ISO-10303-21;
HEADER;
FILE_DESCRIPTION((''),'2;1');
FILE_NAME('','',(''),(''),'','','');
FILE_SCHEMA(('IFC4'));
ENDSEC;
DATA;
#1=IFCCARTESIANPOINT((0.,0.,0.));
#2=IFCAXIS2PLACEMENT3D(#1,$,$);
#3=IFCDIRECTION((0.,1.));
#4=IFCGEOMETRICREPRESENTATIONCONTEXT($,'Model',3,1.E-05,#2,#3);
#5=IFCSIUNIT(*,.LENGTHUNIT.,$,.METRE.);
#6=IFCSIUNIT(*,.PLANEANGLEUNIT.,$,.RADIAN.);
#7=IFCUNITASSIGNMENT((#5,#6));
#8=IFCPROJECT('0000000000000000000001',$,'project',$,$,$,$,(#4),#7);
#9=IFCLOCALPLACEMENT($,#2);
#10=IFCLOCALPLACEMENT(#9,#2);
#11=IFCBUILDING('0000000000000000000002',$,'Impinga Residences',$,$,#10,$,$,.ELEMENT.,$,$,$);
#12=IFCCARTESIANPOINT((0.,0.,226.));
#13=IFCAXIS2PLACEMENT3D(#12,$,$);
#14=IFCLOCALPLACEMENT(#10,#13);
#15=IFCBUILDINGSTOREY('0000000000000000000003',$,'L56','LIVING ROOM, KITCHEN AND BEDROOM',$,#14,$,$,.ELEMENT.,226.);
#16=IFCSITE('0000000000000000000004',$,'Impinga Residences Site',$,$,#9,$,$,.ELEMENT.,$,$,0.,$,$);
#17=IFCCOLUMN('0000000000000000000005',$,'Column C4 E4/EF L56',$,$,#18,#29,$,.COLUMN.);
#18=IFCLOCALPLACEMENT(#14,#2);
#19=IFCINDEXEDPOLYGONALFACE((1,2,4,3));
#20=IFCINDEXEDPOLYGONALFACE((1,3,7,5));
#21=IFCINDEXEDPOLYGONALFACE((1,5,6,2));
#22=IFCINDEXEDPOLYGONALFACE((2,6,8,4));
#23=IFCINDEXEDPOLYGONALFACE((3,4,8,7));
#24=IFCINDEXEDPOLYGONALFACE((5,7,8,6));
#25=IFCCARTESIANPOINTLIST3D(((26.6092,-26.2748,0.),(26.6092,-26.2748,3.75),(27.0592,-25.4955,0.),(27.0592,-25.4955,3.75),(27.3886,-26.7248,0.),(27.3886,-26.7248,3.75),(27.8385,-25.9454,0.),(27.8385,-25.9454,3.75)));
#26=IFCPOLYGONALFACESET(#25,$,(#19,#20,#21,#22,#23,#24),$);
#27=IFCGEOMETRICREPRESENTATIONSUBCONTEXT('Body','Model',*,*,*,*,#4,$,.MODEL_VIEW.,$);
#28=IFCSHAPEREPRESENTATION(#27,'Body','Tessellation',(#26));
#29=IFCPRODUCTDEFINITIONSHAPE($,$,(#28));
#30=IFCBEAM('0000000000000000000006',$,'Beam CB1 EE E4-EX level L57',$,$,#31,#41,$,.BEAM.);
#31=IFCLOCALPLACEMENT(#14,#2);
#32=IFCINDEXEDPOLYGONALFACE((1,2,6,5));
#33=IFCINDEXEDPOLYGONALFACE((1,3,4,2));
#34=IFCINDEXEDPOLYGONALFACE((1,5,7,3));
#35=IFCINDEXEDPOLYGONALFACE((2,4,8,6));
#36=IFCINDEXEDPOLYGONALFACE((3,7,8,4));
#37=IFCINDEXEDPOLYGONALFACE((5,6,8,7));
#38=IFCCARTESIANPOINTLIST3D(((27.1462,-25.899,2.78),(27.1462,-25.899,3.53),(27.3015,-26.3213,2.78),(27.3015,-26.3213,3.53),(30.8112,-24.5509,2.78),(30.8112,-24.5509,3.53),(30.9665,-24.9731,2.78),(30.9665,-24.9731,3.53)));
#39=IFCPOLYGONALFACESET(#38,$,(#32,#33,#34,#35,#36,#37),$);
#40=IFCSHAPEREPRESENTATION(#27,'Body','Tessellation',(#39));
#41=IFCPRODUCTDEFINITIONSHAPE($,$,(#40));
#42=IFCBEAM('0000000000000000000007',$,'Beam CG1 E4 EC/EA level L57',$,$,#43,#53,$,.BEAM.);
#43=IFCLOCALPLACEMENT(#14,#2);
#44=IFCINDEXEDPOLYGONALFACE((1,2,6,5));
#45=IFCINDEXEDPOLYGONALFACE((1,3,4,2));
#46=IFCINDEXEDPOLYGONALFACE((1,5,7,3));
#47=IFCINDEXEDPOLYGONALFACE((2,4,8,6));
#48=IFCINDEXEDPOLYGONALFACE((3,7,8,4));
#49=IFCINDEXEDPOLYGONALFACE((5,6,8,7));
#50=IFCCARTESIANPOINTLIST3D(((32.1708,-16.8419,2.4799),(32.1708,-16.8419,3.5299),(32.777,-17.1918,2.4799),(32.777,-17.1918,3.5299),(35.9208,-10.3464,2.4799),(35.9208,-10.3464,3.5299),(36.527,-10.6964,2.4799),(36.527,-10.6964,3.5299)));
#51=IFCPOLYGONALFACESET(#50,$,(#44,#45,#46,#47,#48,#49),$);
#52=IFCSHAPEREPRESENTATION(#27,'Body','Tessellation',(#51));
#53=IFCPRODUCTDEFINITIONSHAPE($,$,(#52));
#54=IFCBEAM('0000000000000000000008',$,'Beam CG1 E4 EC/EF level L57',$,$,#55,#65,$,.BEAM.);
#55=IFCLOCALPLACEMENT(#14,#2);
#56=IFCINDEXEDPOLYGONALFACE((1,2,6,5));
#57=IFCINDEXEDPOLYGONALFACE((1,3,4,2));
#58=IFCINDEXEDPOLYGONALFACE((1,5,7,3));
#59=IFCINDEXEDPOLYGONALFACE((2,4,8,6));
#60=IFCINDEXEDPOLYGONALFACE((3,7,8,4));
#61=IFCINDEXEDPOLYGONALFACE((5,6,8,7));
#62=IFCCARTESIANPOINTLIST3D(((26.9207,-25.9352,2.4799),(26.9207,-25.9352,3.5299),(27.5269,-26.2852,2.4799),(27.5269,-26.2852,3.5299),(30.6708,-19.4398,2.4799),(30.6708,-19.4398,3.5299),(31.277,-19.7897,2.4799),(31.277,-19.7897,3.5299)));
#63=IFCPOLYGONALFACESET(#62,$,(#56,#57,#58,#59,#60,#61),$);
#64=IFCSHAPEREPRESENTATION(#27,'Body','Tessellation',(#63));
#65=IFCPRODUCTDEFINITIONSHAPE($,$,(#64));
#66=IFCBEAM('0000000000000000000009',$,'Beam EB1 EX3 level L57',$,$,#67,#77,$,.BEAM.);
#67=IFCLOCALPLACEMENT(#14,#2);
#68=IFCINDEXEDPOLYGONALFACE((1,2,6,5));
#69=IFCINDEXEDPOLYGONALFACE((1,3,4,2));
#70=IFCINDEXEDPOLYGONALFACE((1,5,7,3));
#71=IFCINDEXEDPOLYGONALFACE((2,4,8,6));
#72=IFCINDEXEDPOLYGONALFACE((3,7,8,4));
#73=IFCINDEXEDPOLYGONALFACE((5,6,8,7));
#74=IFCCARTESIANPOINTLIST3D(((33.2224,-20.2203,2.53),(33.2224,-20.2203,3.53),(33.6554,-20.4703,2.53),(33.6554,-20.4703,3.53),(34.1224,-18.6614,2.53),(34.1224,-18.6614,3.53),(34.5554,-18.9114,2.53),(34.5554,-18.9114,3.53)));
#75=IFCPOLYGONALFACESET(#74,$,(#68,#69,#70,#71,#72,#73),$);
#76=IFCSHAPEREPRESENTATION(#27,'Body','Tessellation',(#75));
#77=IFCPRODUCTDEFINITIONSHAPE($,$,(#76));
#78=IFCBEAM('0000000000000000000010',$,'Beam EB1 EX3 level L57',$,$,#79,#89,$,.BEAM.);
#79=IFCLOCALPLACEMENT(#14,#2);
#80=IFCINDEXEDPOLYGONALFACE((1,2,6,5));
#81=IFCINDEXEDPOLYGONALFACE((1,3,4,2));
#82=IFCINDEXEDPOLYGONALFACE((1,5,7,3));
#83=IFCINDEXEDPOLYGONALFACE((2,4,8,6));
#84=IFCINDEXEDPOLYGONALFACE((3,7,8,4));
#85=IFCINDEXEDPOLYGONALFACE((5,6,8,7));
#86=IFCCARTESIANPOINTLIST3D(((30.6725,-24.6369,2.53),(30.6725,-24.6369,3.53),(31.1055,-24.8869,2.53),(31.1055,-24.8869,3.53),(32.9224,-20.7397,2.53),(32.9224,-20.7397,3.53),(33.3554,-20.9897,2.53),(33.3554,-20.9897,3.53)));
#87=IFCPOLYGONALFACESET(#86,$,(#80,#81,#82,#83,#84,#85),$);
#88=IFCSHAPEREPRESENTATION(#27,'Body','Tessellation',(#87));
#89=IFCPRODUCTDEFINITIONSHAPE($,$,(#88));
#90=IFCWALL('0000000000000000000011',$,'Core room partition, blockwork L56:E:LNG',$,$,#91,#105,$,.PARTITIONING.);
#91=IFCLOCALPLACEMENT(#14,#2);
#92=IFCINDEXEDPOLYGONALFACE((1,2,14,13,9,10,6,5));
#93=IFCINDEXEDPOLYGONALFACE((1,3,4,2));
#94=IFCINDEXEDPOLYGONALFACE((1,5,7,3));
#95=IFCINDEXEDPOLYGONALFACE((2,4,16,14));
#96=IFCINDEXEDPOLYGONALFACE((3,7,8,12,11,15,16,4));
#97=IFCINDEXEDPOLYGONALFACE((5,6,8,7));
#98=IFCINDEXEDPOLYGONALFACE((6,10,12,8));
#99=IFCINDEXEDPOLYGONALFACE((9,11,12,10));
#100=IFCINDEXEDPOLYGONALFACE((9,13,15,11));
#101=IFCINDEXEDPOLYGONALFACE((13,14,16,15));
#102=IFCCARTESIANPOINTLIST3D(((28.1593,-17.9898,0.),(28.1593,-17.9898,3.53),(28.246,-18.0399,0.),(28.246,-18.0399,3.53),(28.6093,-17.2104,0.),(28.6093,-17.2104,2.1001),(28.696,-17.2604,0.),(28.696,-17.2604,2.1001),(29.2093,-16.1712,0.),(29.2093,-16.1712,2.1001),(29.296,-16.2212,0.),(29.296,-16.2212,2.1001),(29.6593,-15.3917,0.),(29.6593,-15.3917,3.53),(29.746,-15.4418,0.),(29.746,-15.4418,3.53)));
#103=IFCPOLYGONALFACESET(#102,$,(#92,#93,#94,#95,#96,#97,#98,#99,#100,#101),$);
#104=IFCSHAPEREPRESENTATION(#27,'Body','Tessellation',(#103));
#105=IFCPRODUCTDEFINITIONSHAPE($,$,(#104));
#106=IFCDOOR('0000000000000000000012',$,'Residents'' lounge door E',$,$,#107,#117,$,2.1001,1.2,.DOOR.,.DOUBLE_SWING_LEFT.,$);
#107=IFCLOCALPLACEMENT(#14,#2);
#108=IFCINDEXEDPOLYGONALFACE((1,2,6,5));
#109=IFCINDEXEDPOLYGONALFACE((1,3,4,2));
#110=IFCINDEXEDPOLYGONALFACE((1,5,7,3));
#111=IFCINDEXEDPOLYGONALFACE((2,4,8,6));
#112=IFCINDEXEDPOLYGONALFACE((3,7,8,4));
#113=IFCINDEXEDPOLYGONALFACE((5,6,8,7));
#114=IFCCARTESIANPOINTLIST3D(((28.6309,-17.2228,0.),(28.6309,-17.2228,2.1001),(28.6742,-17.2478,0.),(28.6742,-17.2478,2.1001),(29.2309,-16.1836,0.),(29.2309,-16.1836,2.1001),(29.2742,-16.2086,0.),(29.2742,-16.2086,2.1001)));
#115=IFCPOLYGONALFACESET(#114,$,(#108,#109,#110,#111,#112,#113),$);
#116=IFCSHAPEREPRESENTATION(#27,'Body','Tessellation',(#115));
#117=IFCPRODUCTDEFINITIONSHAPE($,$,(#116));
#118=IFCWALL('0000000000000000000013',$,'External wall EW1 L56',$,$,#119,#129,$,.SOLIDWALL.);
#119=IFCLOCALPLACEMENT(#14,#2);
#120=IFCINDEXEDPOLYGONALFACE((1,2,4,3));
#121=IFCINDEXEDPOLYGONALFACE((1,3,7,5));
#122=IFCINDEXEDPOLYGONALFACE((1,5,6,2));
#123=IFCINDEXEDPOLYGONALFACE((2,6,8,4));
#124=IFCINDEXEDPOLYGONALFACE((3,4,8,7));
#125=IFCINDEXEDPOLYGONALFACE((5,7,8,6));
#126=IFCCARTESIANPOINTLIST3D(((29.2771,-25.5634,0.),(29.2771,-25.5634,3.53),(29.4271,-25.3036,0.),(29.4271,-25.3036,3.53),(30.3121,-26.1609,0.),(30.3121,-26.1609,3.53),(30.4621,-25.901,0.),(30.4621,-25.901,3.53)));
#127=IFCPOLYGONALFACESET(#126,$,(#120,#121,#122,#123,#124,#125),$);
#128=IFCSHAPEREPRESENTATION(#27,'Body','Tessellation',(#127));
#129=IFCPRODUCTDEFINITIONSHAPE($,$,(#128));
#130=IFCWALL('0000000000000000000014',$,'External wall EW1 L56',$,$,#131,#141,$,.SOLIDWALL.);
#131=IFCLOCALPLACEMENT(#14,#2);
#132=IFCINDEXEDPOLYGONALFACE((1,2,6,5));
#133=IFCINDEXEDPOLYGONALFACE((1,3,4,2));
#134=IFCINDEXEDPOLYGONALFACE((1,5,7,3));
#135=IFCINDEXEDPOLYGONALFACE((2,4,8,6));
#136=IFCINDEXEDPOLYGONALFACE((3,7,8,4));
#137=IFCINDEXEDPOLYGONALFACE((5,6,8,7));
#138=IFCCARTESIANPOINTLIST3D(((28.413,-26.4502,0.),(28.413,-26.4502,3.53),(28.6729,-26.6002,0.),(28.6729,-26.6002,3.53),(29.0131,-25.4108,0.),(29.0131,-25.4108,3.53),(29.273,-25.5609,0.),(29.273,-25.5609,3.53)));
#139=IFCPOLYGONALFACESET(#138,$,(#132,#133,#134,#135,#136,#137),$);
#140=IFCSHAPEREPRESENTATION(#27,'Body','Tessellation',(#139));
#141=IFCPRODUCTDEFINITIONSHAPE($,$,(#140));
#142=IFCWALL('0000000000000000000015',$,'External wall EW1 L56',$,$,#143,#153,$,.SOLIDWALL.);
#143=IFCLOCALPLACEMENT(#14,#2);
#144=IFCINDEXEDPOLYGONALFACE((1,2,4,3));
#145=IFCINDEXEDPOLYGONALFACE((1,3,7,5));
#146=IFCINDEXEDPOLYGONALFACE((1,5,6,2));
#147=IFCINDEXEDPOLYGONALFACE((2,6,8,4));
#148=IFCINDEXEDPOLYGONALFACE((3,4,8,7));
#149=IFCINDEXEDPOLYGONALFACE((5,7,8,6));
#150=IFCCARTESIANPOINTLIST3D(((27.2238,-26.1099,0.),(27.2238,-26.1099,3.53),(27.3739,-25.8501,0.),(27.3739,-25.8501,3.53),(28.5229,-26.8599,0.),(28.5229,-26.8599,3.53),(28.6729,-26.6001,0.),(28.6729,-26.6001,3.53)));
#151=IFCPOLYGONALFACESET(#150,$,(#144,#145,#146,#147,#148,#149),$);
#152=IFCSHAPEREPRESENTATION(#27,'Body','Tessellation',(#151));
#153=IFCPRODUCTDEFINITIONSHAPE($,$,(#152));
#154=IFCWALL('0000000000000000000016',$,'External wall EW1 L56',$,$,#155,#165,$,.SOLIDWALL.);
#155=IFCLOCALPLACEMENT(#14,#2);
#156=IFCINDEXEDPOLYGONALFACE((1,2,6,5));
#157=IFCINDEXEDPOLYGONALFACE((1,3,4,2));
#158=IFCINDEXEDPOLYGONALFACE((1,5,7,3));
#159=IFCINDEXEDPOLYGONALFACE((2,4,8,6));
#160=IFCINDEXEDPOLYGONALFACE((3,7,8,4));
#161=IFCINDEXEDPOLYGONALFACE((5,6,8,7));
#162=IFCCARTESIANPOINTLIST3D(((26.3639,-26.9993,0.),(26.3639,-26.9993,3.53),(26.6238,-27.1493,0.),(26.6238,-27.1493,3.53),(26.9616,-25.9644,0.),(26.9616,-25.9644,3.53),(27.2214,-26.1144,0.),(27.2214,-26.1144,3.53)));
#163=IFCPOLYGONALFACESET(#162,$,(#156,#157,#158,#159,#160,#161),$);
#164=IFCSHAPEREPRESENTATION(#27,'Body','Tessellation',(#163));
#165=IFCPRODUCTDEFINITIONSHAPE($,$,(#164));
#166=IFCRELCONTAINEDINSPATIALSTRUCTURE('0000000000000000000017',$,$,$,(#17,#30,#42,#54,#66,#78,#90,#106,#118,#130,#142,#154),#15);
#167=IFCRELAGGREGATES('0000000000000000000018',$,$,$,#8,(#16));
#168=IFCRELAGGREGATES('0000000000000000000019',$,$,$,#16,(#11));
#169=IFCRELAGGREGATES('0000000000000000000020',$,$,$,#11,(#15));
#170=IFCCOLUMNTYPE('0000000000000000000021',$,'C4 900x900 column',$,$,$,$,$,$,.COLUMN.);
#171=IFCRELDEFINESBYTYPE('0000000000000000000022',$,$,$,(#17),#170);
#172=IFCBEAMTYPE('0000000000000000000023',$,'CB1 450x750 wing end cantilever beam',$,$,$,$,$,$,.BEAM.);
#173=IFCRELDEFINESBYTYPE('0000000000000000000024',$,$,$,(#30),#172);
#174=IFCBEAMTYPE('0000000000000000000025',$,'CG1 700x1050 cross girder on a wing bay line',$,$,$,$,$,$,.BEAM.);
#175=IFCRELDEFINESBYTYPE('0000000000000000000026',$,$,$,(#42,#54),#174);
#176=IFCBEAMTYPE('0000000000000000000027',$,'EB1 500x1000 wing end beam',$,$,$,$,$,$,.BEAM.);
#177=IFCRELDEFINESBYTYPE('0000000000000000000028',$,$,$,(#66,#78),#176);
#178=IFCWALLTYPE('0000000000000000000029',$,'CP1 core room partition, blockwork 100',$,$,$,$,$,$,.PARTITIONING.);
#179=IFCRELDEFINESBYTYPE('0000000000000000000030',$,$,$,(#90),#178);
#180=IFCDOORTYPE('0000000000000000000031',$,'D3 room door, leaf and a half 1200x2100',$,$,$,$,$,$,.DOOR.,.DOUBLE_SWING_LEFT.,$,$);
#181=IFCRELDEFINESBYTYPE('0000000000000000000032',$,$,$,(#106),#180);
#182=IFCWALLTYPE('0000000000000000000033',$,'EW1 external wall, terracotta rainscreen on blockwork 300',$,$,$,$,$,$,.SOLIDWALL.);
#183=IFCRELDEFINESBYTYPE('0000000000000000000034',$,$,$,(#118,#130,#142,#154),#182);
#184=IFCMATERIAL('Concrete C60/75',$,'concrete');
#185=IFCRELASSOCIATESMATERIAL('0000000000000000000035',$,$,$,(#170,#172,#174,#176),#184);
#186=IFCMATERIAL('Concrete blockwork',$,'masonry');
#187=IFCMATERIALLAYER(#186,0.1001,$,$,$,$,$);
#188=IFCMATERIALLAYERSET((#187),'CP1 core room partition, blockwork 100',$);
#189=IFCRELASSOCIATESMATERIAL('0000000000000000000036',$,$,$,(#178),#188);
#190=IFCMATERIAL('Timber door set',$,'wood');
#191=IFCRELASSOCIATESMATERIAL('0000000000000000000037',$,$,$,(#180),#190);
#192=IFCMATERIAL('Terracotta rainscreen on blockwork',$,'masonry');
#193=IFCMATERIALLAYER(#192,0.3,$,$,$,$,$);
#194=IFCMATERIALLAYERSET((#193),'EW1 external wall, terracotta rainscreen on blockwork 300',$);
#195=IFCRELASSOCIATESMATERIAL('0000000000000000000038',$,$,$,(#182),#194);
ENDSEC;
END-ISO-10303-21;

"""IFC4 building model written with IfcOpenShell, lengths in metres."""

from ifc_helpers import new_model, si_unit, direction, frame, frame_2d, origin, origin_2d, place, context, subcontext, project, spatial, rectangle, extrude, material, layer, layer_set, material_profile, profile_set, type_object, element, fill, save


model = new_model("IFC4")

# Units and contexts
model_context = context("Model", 3, precision=1e-05, world=origin(), true_north=direction((0.0, 1.0)))
body_context = subcontext(model_context, "Body", "Model", "MODEL_VIEW")
ifc_project = project(units=[si_unit("LENGTHUNIT", "METRE"), si_unit("PLANEANGLEUNIT", "RADIAN")], contexts=[model_context])

# Site, building, storey
site_placement = place(None, origin())
site = spatial("IfcSite", under=ifc_project, at=site_placement, Name="Impinga Residences Site", CompositionType="ELEMENT", RefElevation=0.0)
building_placement = place(site_placement, origin())
building = spatial("IfcBuilding", under=site, at=building_placement, Name="Impinga Residences", CompositionType="ELEMENT")
storey_placement = place(building_placement, frame((0.0, 0.0, 226.0)))
storey = spatial("IfcBuildingStorey", under=building, at=storey_placement, Name="L56", Description="LIVING ROOM, KITCHEN AND BEDROOM", CompositionType="ELEMENT", Elevation=226.0)

# Column
ifc_material_1 = material(Name="Concrete C60/75", Category="concrete")
ifc_material_profile_1 = material_profile(ifc_material_1, rectangle(XDim=0.8999, YDim=0.8999, at=origin_2d()), Name="RC 900x900")
ifc_profile_set_1 = profile_set([ifc_material_profile_1], Name="Concrete C60/75")
column_type = type_object("IfcColumnType", Name="C4 900x900 column", PredefinedType="COLUMN", material=ifc_profile_set_1)
column_placement = place(storey_placement, frame((27.2239, -26.1101, 0.0), z_axis=(0.0, 0.0, 1.0), x_axis=(-0.5, -0.866025, 0.0)))
element("IfcColumn", 1, at=column_placement, inside=storey, type_object=column_type, Name="Column C4 E4/EF L56", PredefinedType="COLUMN", context=body_context, shape_type="SweptSolid", body=[
    extrude(rectangle(XDim=0.8999, YDim=0.8999, at=origin_2d()), origin(), (0.0, 0.0, 1.0), 3.75),
])

# Beams
ifc_material_profile_2 = material_profile(ifc_material_1, rectangle(XDim=0.45, YDim=0.75, at=origin_2d()), Name="RC 450x750")
ifc_profile_set_2 = profile_set([ifc_material_profile_2], Name="Concrete C60/75")
beam_type_1 = type_object("IfcBeamType", Name="CB1 450x750 wing end cantilever beam", PredefinedType="BEAM", material=ifc_profile_set_2)
beam_1_placement = place(storey_placement, frame((27.2239, -26.1101, 3.155), z_axis=(0.93852, 0.345224, 0.0), x_axis=(-0.345224, 0.93852, 0.0)))
element("IfcBeam", 2, at=beam_1_placement, inside=storey, type_object=beam_type_1, Name="Beam CB1 EE E4-EX level L57", PredefinedType="BEAM", context=body_context, shape_type="SweptSolid", body=[
    extrude(rectangle(XDim=0.45, YDim=0.75, at=origin_2d()), origin(), (0.0, 0.0, 1.0), 3.905),
])
ifc_material_profile_3 = material_profile(ifc_material_1, rectangle(XDim=0.7, YDim=1.05, at=origin_2d()), Name="RC 700x1050")
ifc_profile_set_3 = profile_set([ifc_material_profile_3], Name="Concrete C60/75")
beam_type_2 = type_object("IfcBeamType", Name="CG1 700x1050 cross girder on a wing bay line", PredefinedType="BEAM", material=ifc_profile_set_3)
for number, where, z_axis, x_axis, name in (
    (3, (32.4739, -17.0168, 3.0049), (0.49999, 0.866031, 0.0), (-0.866031, 0.49999, 0.0), "Beam CG1 E4 EC/EA level L57"),
    (4, (30.9739, -19.6147, 3.0049), (-0.49999, -0.866031, 0.0), (0.866031, -0.49999, 0.0), "Beam CG1 E4 EC/EF level L57"),
):
    element("IfcBeam", number, at=place(storey_placement, frame(where, z_axis=z_axis, x_axis=x_axis)), inside=storey, type_object=beam_type_2, Name=name, PredefinedType="BEAM", context=body_context, shape_type="SweptSolid", body=[
        extrude(rectangle(XDim=0.7, YDim=1.05, at=origin_2d()), origin(), (0.0, 0.0, 1.0), 7.5002),
    ])
ifc_material_profile_4 = material_profile(ifc_material_1, rectangle(XDim=0.5, YDim=1.0, at=origin_2d()), Name="RC 500x1000")
ifc_profile_set_4 = profile_set([ifc_material_profile_4], Name="Concrete C60/75")
beam_type_3 = type_object("IfcBeamType", Name="EB1 500x1000 wing end beam", PredefinedType="BEAM", material=ifc_profile_set_4)
beam_2_placement = place(storey_placement, frame((34.3389, -18.7864, 3.03), z_axis=(-0.499961, -0.866048, 0.0), x_axis=(0.866048, -0.499961, 0.0)))
element("IfcBeam", 5, at=beam_2_placement, inside=storey, type_object=beam_type_3, Name="Beam EB1 EX3 level L57", PredefinedType="BEAM", context=body_context, shape_type="SweptSolid", body=[
    extrude(rectangle(XDim=0.5, YDim=1.0, at=origin_2d()), origin(), (0.0, 0.0, 1.0), 1.8),
])
beam_3_placement = place(storey_placement, frame((33.1389, -20.8647, 3.03), z_axis=(-0.49999, -0.866031, 0.0), x_axis=(0.866031, -0.49999, 0.0)))
element("IfcBeam", 6, at=beam_3_placement, inside=storey, type_object=beam_type_3, Name="Beam EB1 EX3 level L57", PredefinedType="BEAM", context=body_context, shape_type="SweptSolid", body=[
    extrude(rectangle(XDim=0.5, YDim=1.0, at=origin_2d()), origin(), (0.0, 0.0, 1.0), 4.5),
])

# Wall, opening, door
ifc_material_2 = material(Name="Concrete blockwork", Category="masonry")
ifc_layer_1 = layer(ifc_material_2, 0.1001)
ifc_layer_set_1 = layer_set([ifc_layer_1], Name="CP1 core room partition, blockwork 100")
wall_type_1 = type_object("IfcWallType", Name="CP1 core room partition, blockwork 100", PredefinedType="PARTITIONING", material=ifc_layer_set_1)
wall_1_placement = place(storey_placement, frame((29.7026, -15.4167, 0.0), z_axis=(0.0, 0.0, 1.0), x_axis=(-0.49999, -0.866031, 0.0)))
wall_1 = element("IfcWall", 7, at=wall_1_placement, inside=storey, type_object=wall_type_1, Name="Core room partition, blockwork L56:E:LNG", PredefinedType="PARTITIONING", context=body_context, shape_type="SweptSolid", body=[
    extrude(rectangle(XDim=3.0, YDim=0.1001, at=frame_2d((1.5, 0.0))), origin(), (0.0, 0.0, 1.0), 3.53),
])
opening_1_placement = place(wall_1_placement, frame((0.8999, 0.0, 0.0)))
opening_1 = element("IfcOpeningElement", 8, at=opening_1_placement, cuts=wall_1, PredefinedType="OPENING", context=body_context, shape_type="SweptSolid", body=[
    extrude(rectangle(XDim=1.2, YDim=2.1001, at=frame_2d((0.6001, 1.05))), frame((0.0, 0.0601, 0.0), z_axis=(0.0, -1.0, 0.0), x_axis=(1.0, 0.0, 0.0)), (0.0, 0.0, 1.0), 0.1201),
])
ifc_material_3 = material(Name="Timber door set", Category="wood")
door_type_1 = type_object("IfcDoorType", Name="D3 room door, leaf and a half 1200x2100", OperationType="DOUBLE_SWING_LEFT", PredefinedType="DOOR", material=ifc_material_3)
door_1_placement = place(opening_1_placement, origin())
door_1 = element("IfcDoor", 9, at=door_1_placement, inside=storey, type_object=door_type_1, Name="Residents' lounge door E", OperationType="DOUBLE_SWING_LEFT", OverallHeight=2.1001, OverallWidth=1.2, PredefinedType="DOOR", context=body_context, shape_type="SweptSolid", body=[
    extrude(rectangle(XDim=1.2, YDim=2.1001, at=frame_2d((0.6001, 1.05))), frame((0.0, 0.0249, 0.0), z_axis=(0.0, -1.0, 0.0), x_axis=(1.0, 0.0, 0.0)), (0.0, 0.0, 1.0), 0.05),
])
fill(opening_1, door_1)

# Walls
ifc_material_4 = material(Name="Terracotta rainscreen on blockwork", Category="masonry")
ifc_layer_2 = layer(ifc_material_4, 0.3)
ifc_layer_set_2 = layer_set([ifc_layer_2], Name="EW1 external wall, terracotta rainscreen on blockwork 300")
wall_type_2 = type_object("IfcWallType", Name="EW1 external wall, terracotta rainscreen on blockwork 300", PredefinedType="SOLIDWALL", material=ifc_layer_set_2)
wall_2_placement = place(storey_placement, frame((30.3872, -26.031, 0.0), z_axis=(0.0, 0.0, 1.0), x_axis=(-0.86606, 0.499941, 0.0)))
element("IfcWall", 10, at=wall_2_placement, inside=storey, type_object=wall_type_2, Name="External wall EW1 L56", PredefinedType="SOLIDWALL", context=body_context, shape_type="SweptSolid", body=[
    extrude(rectangle(XDim=1.1951, YDim=0.3, at=frame_2d((0.5977, 0.0))), origin(), (0.0, 0.0, 1.0), 3.53),
])
wall_3_placement = place(storey_placement, frame((29.1431, -25.4858, 0.0), z_axis=(0.0, 0.0, 1.0), x_axis=(-0.500034, -0.866006, 0.0)))
element("IfcWall", 11, at=wall_3_placement, inside=storey, type_object=wall_type_2, Name="External wall EW1 L56", PredefinedType="SOLIDWALL", context=body_context, shape_type="SweptSolid", body=[
    extrude(rectangle(XDim=1.2002, YDim=0.3, at=frame_2d((0.6001, 0.0))), origin(), (0.0, 0.0, 1.0), 3.53),
])
wall_4_placement = place(storey_placement, frame((28.5979, -26.73, 0.0), z_axis=(0.0, 0.0, 1.0), x_axis=(-0.866031, 0.49999, 0.0)))
element("IfcWall", 12, at=wall_4_placement, inside=storey, type_object=wall_type_2, Name="External wall EW1 L56", PredefinedType="SOLIDWALL", context=body_context, shape_type="SweptSolid", body=[
    extrude(rectangle(XDim=1.5, YDim=0.3, at=frame_2d((0.75, 0.0))), origin(), (0.0, 0.0, 1.0), 3.53),
])
wall_5_placement = place(storey_placement, frame((27.0916, -26.0393, 0.0), z_axis=(0.0, 0.0, 1.0), x_axis=(-0.500094, -0.865971, 0.0)))
element("IfcWall", 13, at=wall_5_placement, inside=storey, type_object=wall_type_2, Name="External wall EW1 L56", PredefinedType="SOLIDWALL", context=body_context, shape_type="SweptSolid", body=[
    extrude(rectangle(XDim=1.1951, YDim=0.3, at=frame_2d((0.5977, 0.0))), origin(), (0.0, 0.0, 1.0), 3.53),
])

save(model, "model.ifc")
